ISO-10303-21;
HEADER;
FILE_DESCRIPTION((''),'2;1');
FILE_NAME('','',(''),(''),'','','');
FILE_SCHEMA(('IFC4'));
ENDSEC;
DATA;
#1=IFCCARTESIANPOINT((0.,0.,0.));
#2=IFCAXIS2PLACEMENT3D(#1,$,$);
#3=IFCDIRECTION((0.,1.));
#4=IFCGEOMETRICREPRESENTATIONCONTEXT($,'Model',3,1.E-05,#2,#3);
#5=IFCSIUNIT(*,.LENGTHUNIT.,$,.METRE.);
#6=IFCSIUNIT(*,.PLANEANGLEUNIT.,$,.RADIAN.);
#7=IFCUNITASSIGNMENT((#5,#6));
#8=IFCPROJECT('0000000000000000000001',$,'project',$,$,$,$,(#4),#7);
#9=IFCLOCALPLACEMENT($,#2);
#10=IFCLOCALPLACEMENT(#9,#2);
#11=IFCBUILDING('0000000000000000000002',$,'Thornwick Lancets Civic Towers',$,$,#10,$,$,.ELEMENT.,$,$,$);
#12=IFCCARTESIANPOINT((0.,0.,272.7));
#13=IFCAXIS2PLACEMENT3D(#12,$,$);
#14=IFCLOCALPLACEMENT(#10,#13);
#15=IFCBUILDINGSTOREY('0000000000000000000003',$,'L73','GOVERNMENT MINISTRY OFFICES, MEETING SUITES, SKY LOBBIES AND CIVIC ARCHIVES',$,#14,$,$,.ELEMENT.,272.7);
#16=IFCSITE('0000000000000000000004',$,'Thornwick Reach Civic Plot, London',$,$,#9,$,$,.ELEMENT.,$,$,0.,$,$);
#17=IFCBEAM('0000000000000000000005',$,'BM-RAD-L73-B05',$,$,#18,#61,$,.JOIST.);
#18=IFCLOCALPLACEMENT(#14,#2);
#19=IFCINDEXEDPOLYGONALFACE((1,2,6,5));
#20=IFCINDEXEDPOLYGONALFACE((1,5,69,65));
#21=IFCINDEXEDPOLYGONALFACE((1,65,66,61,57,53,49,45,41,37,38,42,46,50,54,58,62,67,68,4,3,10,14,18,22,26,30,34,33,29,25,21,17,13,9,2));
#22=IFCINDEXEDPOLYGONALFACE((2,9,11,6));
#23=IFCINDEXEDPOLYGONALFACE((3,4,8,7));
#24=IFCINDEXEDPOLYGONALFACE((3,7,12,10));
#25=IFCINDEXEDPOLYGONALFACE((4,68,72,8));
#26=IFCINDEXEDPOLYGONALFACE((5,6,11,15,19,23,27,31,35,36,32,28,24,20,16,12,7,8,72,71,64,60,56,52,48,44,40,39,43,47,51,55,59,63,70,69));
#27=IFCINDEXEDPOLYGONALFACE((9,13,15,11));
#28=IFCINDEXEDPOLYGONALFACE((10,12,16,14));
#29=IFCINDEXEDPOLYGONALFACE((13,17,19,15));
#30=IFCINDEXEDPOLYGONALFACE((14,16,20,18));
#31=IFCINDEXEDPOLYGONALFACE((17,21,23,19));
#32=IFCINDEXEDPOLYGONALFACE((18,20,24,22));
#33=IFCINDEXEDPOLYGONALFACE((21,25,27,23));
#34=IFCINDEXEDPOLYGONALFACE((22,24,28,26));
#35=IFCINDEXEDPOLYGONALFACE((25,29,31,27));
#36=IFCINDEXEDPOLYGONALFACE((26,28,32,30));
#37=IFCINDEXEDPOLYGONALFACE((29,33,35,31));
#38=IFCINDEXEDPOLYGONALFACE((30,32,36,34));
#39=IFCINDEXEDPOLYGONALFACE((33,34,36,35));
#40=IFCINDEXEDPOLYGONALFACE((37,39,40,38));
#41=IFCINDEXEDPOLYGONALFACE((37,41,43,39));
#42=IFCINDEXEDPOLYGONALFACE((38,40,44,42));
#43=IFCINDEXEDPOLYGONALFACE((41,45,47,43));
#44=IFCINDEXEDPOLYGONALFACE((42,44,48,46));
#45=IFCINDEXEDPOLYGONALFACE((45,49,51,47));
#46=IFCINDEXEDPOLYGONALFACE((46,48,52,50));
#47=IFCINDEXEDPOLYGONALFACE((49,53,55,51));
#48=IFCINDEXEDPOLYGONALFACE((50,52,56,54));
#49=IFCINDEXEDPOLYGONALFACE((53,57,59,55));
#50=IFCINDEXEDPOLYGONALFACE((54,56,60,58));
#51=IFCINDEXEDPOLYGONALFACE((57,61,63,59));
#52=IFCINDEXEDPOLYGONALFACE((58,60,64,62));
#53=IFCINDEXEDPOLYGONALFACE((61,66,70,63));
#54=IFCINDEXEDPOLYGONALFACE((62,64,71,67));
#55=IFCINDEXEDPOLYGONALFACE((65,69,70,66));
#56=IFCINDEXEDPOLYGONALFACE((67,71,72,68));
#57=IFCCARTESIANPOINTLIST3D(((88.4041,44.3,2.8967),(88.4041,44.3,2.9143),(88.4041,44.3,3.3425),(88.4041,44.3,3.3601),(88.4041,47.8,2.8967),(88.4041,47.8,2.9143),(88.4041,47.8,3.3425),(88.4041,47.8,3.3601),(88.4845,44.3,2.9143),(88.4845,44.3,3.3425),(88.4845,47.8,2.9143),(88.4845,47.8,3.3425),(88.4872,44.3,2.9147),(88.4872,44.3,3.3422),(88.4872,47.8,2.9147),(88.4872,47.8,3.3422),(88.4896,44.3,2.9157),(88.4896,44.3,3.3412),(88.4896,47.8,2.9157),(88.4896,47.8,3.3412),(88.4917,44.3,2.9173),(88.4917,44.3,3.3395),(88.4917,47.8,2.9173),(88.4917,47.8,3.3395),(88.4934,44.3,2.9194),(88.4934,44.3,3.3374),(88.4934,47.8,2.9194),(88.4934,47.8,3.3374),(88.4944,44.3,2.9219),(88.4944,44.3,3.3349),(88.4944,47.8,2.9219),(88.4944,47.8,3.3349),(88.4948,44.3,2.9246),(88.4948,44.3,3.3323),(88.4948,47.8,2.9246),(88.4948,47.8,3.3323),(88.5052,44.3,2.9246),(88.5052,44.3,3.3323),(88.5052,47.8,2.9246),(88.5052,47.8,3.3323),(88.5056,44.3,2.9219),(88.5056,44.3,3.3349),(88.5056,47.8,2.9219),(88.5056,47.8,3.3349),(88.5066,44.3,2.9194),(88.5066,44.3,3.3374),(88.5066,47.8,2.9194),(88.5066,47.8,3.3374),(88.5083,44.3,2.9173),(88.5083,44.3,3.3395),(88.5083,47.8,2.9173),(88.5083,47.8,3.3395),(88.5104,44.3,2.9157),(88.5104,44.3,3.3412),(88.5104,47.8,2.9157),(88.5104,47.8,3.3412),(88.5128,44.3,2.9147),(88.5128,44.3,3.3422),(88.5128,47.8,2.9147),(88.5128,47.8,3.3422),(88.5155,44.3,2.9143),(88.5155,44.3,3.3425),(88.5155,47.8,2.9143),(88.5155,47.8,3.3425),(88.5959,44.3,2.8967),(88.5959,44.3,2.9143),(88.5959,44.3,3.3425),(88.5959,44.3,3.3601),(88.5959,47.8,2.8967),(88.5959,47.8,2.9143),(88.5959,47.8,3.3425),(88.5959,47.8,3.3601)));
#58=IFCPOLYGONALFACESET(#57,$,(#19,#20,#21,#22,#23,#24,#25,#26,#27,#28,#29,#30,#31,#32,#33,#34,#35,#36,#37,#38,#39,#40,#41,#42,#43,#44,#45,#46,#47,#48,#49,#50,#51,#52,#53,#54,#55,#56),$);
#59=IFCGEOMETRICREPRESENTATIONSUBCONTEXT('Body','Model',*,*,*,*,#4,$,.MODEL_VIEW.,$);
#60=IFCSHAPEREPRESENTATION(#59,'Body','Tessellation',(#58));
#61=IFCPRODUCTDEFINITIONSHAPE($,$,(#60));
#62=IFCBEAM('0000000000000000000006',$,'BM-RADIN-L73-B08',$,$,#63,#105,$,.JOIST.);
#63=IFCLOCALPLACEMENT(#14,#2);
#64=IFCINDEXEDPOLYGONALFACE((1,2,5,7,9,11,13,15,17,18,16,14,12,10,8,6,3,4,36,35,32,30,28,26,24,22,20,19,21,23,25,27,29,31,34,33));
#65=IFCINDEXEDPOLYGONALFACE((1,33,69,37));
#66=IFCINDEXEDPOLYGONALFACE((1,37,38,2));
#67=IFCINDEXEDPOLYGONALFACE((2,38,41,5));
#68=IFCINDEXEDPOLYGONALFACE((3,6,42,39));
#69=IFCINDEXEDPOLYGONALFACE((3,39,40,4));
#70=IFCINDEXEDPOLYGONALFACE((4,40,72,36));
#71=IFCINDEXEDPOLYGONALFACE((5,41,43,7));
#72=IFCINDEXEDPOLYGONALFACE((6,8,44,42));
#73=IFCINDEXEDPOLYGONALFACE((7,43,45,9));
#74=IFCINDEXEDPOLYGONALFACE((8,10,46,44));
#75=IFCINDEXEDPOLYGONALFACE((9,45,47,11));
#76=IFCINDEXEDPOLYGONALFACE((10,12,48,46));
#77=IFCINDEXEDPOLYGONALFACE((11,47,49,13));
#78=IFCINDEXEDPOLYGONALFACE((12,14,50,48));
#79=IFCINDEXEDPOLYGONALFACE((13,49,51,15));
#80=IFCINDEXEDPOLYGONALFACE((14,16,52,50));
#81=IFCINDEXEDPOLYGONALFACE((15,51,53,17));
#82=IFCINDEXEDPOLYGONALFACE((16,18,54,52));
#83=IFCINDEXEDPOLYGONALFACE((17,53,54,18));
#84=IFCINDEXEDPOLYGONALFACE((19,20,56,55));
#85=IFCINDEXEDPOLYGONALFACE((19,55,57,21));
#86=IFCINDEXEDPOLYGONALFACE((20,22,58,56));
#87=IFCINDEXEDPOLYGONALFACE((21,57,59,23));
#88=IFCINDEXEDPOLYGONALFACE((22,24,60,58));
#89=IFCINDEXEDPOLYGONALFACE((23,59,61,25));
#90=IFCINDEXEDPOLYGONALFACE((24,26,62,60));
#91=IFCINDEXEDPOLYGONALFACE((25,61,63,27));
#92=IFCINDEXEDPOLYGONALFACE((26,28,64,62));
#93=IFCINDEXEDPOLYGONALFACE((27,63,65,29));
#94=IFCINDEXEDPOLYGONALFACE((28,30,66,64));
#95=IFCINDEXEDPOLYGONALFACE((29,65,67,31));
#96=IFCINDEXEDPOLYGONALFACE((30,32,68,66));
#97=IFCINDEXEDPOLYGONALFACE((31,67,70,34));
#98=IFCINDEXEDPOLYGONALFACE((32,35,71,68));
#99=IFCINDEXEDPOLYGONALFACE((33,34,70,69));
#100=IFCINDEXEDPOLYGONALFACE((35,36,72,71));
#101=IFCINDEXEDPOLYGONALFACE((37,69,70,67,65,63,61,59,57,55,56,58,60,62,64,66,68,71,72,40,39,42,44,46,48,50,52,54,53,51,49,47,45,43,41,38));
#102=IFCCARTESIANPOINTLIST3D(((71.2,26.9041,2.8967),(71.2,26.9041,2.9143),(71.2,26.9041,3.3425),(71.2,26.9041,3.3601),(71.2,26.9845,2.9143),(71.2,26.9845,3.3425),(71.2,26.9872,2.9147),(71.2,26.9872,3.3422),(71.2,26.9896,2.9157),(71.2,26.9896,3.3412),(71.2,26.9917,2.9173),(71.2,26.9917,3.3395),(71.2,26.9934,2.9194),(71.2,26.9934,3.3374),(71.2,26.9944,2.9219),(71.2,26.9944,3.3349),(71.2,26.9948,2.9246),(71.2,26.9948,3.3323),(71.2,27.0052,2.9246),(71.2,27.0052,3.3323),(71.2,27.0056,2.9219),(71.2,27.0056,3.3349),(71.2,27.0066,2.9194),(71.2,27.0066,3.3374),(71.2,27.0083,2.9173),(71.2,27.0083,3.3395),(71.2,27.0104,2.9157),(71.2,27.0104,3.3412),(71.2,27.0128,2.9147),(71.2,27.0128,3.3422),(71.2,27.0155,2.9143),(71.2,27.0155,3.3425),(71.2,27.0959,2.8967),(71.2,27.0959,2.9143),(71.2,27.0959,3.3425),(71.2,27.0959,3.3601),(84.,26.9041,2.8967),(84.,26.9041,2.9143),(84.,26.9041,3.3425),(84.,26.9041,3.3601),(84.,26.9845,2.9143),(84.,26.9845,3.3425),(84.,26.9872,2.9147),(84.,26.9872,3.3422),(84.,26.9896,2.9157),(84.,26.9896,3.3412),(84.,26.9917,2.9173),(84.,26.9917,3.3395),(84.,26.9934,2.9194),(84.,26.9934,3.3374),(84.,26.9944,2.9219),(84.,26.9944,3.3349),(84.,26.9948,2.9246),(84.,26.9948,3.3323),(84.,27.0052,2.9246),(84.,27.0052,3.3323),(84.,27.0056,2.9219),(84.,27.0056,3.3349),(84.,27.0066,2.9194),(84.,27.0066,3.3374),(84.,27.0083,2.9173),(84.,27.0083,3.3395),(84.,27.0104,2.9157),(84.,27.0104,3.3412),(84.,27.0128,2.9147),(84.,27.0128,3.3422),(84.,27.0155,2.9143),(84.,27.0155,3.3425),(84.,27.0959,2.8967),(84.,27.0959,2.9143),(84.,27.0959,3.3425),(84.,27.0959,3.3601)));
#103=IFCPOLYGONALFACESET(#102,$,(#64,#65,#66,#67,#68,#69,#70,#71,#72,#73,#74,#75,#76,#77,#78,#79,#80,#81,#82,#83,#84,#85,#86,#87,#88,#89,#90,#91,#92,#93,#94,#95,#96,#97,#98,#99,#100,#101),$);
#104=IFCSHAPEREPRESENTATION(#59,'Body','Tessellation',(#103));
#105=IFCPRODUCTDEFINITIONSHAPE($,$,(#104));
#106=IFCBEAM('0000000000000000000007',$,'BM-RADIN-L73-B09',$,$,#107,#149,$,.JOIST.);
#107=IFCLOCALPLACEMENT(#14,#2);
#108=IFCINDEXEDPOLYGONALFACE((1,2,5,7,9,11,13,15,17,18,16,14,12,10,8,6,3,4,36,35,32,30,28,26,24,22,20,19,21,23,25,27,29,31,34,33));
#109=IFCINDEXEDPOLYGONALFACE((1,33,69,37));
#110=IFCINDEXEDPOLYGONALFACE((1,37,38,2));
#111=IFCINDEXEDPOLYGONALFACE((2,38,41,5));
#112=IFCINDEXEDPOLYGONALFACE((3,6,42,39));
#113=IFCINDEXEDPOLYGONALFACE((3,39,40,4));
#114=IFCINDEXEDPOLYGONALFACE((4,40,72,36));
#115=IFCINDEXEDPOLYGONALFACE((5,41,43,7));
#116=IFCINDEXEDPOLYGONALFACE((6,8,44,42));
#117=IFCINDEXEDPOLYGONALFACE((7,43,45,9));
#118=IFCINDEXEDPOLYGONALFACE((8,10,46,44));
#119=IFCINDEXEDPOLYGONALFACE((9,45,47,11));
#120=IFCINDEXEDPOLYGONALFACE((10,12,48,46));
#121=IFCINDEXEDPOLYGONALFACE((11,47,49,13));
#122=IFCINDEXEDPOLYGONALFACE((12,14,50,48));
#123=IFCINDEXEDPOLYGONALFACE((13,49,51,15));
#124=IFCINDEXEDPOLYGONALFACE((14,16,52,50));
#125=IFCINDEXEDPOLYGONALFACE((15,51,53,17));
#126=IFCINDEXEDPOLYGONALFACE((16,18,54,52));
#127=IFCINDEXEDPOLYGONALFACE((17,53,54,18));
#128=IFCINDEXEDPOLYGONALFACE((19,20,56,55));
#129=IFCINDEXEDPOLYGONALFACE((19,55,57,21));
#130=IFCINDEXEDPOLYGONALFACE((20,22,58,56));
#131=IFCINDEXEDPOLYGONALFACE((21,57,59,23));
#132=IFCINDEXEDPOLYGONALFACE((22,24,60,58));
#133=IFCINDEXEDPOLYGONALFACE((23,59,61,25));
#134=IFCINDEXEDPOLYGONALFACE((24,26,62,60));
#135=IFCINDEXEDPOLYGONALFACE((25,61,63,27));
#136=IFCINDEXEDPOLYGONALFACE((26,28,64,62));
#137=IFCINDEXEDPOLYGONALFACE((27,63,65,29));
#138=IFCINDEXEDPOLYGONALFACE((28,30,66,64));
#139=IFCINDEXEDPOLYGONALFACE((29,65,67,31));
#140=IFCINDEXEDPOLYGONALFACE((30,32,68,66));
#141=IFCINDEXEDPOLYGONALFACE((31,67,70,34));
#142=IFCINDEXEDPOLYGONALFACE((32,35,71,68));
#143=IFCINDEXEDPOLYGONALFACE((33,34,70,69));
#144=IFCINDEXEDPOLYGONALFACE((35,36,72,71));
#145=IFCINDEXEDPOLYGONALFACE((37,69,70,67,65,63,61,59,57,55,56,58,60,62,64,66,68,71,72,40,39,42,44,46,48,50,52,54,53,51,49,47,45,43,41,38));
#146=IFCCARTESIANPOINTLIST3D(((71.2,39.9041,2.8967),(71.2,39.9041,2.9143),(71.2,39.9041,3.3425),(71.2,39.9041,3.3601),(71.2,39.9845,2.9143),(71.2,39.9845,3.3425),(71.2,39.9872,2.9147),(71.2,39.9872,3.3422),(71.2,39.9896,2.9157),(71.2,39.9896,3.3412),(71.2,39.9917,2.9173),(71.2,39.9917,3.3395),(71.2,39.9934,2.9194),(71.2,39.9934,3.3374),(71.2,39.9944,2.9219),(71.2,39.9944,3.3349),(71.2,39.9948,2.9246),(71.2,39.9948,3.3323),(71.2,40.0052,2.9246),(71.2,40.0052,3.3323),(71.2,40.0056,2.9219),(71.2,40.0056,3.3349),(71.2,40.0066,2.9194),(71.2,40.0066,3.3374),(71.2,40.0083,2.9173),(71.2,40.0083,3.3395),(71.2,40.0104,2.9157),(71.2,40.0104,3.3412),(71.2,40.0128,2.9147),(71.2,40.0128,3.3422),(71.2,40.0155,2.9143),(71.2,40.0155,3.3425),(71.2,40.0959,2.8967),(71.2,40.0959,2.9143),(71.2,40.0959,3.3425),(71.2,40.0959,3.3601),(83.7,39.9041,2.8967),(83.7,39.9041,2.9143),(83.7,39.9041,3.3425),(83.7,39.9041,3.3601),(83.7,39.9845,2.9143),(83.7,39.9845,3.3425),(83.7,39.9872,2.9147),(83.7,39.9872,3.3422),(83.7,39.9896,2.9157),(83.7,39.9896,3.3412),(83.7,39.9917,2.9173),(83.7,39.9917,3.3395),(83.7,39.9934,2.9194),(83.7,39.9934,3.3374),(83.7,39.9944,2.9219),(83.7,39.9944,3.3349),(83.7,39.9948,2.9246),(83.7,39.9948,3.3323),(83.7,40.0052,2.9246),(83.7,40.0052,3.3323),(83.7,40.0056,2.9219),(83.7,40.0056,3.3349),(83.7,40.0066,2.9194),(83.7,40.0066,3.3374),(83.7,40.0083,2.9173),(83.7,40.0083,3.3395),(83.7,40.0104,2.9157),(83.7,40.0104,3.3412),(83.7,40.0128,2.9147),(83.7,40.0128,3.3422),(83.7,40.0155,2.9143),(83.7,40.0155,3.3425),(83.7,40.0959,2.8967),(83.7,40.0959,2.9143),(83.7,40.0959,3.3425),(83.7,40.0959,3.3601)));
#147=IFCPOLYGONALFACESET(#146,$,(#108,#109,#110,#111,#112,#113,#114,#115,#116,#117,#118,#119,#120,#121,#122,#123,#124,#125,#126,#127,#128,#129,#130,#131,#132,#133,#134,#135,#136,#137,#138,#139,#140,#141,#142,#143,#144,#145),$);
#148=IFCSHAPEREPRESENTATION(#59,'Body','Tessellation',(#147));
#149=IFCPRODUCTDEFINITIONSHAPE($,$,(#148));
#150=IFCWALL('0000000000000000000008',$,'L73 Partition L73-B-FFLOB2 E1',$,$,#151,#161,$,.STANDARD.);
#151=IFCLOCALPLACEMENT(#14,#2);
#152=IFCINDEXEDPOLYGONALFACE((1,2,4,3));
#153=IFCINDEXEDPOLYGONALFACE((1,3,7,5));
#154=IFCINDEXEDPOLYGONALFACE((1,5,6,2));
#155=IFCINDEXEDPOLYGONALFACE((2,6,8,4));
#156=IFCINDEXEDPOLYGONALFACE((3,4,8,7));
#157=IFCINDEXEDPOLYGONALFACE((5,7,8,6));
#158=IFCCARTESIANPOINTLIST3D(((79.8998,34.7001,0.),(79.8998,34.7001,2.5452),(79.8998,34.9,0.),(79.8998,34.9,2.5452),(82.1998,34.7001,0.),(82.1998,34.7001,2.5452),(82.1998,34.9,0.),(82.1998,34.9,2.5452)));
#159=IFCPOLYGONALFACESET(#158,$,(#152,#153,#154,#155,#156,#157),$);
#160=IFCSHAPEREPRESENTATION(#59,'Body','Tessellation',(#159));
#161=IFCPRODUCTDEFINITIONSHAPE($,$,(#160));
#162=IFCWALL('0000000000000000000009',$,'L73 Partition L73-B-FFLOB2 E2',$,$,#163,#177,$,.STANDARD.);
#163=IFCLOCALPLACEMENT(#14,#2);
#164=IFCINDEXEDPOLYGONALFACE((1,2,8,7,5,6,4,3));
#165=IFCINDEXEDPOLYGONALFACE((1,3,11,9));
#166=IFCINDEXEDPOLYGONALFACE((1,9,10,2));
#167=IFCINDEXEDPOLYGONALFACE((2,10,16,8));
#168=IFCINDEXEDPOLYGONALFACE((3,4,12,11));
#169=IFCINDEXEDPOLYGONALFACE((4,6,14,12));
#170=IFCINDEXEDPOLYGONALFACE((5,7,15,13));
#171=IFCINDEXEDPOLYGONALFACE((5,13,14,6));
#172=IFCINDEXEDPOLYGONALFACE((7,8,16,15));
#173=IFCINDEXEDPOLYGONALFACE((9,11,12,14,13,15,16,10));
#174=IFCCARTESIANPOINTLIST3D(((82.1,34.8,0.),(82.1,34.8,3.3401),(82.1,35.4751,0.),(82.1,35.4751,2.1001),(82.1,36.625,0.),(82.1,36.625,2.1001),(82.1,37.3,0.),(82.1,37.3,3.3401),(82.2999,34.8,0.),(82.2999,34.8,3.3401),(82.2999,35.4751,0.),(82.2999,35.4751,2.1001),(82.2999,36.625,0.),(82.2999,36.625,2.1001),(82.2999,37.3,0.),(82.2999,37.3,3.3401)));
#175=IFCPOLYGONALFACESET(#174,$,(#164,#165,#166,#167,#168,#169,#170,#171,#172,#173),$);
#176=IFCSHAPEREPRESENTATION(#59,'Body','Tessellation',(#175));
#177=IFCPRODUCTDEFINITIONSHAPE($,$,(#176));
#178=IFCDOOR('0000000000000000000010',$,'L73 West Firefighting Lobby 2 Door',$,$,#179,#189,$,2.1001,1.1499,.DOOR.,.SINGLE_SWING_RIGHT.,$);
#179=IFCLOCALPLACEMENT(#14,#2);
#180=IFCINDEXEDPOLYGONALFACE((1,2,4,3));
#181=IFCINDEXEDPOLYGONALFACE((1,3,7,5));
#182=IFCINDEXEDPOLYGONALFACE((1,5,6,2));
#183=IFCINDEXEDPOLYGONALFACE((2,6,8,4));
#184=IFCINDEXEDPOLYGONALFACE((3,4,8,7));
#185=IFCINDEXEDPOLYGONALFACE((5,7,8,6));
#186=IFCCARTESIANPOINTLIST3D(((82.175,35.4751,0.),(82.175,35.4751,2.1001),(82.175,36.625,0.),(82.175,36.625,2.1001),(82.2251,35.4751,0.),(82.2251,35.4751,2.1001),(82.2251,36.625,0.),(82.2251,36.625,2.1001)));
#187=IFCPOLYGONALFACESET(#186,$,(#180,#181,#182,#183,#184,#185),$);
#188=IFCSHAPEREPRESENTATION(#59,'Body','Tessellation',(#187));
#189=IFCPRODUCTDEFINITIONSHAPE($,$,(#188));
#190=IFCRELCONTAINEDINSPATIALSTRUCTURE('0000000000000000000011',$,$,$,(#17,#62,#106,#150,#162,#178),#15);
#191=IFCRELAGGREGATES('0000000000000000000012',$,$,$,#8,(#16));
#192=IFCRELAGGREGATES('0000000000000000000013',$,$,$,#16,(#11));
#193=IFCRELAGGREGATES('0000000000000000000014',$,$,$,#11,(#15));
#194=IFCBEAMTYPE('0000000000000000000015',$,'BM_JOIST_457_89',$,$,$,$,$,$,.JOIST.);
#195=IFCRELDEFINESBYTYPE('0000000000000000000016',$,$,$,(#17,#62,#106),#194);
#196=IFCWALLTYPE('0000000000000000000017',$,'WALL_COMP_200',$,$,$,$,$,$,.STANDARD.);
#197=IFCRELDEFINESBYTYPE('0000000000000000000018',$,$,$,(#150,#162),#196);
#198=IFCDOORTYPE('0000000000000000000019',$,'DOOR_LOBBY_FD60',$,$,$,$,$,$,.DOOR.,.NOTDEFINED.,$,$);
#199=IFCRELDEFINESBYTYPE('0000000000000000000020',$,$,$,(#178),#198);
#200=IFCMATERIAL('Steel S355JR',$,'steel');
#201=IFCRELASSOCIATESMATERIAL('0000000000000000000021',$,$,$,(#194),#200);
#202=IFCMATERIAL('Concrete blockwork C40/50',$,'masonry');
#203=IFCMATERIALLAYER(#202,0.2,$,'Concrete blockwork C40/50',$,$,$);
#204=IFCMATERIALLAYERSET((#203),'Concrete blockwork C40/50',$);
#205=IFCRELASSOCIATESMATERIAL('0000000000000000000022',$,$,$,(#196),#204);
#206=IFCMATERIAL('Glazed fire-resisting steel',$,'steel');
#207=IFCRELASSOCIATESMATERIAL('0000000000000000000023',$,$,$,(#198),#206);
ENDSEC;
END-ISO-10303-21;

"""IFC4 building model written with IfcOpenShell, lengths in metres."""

from ifc_helpers import new_model, si_unit, direction, frame, frame_2d, origin, origin_2d, place, context, subcontext, project, spatial, rectangle, i_section, extrude, material, layer, layer_set, material_profile, profile_set, type_object, element, fill, save


model = new_model("IFC4")

# Units and contexts
model_context = context("Model", 3, precision=1e-05, world=origin(), true_north=direction((0.0, 1.0)))
body_context = subcontext(model_context, "Body", "Model", "MODEL_VIEW")
ifc_project = project(units=[si_unit("LENGTHUNIT", "METRE"), si_unit("PLANEANGLEUNIT", "RADIAN")], contexts=[model_context])

# Site, building, storey
site_placement = place(None, origin())
site = spatial("IfcSite", under=ifc_project, at=site_placement, Name="Thornwick Reach Civic Plot, London", CompositionType="ELEMENT", RefElevation=0.0)
building_placement = place(site_placement, origin())
building = spatial("IfcBuilding", under=site, at=building_placement, Name="Thornwick Lancets Civic Towers", CompositionType="ELEMENT")
storey_placement = place(building_placement, frame((0.0, 0.0, 272.7)))
storey = spatial("IfcBuildingStorey", under=building, at=storey_placement, Name="L73", Description="GOVERNMENT MINISTRY OFFICES, MEETING SUITES, SKY LOBBIES AND CIVIC ARCHIVES", CompositionType="ELEMENT", Elevation=272.7)

# Shared definitions
ifc_material_1 = material(Name="Steel S355JR", Category="steel")

# Beams
ifc_material_profile_1 = material_profile(ifc_material_1, i_section(OverallWidth=0.1919, OverallDepth=0.4634, WebThickness=0.0105, FlangeThickness=0.0176, FilletRadius=0.0103, at=origin_2d()), Name="UKB 457x191x89")
ifc_profile_set_1 = profile_set([ifc_material_profile_1], Name="Steel S355JR")
beam_type_1 = type_object("IfcBeamType", Name="BM_JOIST_457_89", PredefinedType="JOIST", material=ifc_profile_set_1)
beam_1_placement = place(storey_placement, frame((88.5, 44.3, 3.1284), z_axis=(0.0, 1.0, 0.0), x_axis=(-1.0, 0.0, 0.0)))
element("IfcBeam", 1, at=beam_1_placement, inside=storey, type_object=beam_type_1, Name="BM-RAD-L73-B05", PredefinedType="JOIST", context=body_context, shape_type="SweptSolid", body=[
    extrude(i_section(OverallWidth=0.1919, OverallDepth=0.4634, WebThickness=0.0105, FlangeThickness=0.0176, FilletRadius=0.0103, at=origin_2d()), origin(), (0.0, 0.0, 1.0), 3.5),
])
beam_2_placement = place(storey_placement, frame((84.0, 27.0, 3.1284), z_axis=(-1.0, 0.0, 0.0), x_axis=(0.0, -1.0, 0.0)))
element("IfcBeam", 2, at=beam_2_placement, inside=storey, type_object=beam_type_1, Name="BM-RADIN-L73-B08", PredefinedType="JOIST", context=body_context, shape_type="SweptSolid", body=[
    extrude(i_section(OverallWidth=0.1919, OverallDepth=0.4634, WebThickness=0.0105, FlangeThickness=0.0176, FilletRadius=0.0103, at=origin_2d()), origin(), (0.0, 0.0, 1.0), 12.8),
])
beam_3_placement = place(storey_placement, frame((83.7, 40.0, 3.1284), z_axis=(-1.0, 0.0, 0.0), x_axis=(0.0, -1.0, 0.0)))
element("IfcBeam", 3, at=beam_3_placement, inside=storey, type_object=beam_type_1, Name="BM-RADIN-L73-B09", PredefinedType="JOIST", context=body_context, shape_type="SweptSolid", body=[
    extrude(i_section(OverallWidth=0.1919, OverallDepth=0.4634, WebThickness=0.0105, FlangeThickness=0.0176, FilletRadius=0.0103, at=origin_2d()), origin(), (0.0, 0.0, 1.0), 12.5),
])

# Wall
ifc_material_2 = material(Name="Concrete blockwork C40/50", Category="masonry")
ifc_layer_1 = layer(ifc_material_2, 0.2, Name="Concrete blockwork C40/50")
ifc_layer_set_1 = layer_set([ifc_layer_1], Name="Concrete blockwork C40/50")
wall_type_1 = type_object("IfcWallType", Name="WALL_COMP_200", PredefinedType="STANDARD", material=ifc_layer_set_1)
wall_1_placement = place(storey_placement, frame((79.8999, 34.8, 0.0), z_axis=(0.0, 0.0, 1.0), x_axis=(1.0, 0.0, 0.0)))
element("IfcWall", 4, at=wall_1_placement, inside=storey, type_object=wall_type_1, Name="L73 Partition L73-B-FFLOB2 E1", PredefinedType="STANDARD", context=body_context, shape_type="SweptSolid", body=[
    extrude(rectangle(XDim=2.3, YDim=0.2, at=frame_2d((1.1499, 0.0))), origin(), (0.0, 0.0, 1.0), 2.5452),
])

# Wall, opening, door
wall_2_placement = place(storey_placement, frame((82.2, 34.8, 0.0), z_axis=(0.0, 0.0, 1.0), x_axis=(0.0, 1.0, 0.0)))
wall_2 = element("IfcWall", 5, at=wall_2_placement, inside=storey, type_object=wall_type_1, Name="L73 Partition L73-B-FFLOB2 E2", PredefinedType="STANDARD", context=body_context, shape_type="SweptSolid", body=[
    extrude(rectangle(XDim=2.5, YDim=0.2, at=frame_2d((1.25, 0.0))), origin(), (0.0, 0.0, 1.0), 3.3401),
])
opening_1_placement = place(wall_2_placement, frame((0.675, 0.0, 0.0)))
opening_1 = element("IfcOpeningElement", 6, at=opening_1_placement, cuts=wall_2, PredefinedType="OPENING", context=body_context, shape_type="SweptSolid", body=[
    extrude(rectangle(XDim=1.1499, YDim=2.1001, at=frame_2d((0.575, 1.05))), frame((0.0, 0.1099, 0.0), z_axis=(0.0, -1.0, 0.0), x_axis=(1.0, 0.0, 0.0)), (0.0, 0.0, 1.0), 0.22),
])
ifc_material_3 = material(Name="Glazed fire-resisting steel", Category="steel")
door_type_1 = type_object("IfcDoorType", Name="DOOR_LOBBY_FD60", OperationType="NOTDEFINED", PredefinedType="DOOR", material=ifc_material_3)
door_1_placement = place(opening_1_placement, origin())
door_1 = element("IfcDoor", 7, at=door_1_placement, inside=storey, type_object=door_type_1, Name="L73 West Firefighting Lobby 2 Door", OperationType="SINGLE_SWING_RIGHT", OverallHeight=2.1001, OverallWidth=1.1499, PredefinedType="DOOR", context=body_context, shape_type="SweptSolid", body=[
    extrude(rectangle(XDim=1.1499, YDim=2.1001, at=frame_2d((0.575, 1.05))), frame((0.0, 0.0249, 0.0), z_axis=(0.0, -1.0, 0.0), x_axis=(1.0, 0.0, 0.0)), (0.0, 0.0, 1.0), 0.05),
])
fill(opening_1, door_1)

save(model, "model.ifc")
